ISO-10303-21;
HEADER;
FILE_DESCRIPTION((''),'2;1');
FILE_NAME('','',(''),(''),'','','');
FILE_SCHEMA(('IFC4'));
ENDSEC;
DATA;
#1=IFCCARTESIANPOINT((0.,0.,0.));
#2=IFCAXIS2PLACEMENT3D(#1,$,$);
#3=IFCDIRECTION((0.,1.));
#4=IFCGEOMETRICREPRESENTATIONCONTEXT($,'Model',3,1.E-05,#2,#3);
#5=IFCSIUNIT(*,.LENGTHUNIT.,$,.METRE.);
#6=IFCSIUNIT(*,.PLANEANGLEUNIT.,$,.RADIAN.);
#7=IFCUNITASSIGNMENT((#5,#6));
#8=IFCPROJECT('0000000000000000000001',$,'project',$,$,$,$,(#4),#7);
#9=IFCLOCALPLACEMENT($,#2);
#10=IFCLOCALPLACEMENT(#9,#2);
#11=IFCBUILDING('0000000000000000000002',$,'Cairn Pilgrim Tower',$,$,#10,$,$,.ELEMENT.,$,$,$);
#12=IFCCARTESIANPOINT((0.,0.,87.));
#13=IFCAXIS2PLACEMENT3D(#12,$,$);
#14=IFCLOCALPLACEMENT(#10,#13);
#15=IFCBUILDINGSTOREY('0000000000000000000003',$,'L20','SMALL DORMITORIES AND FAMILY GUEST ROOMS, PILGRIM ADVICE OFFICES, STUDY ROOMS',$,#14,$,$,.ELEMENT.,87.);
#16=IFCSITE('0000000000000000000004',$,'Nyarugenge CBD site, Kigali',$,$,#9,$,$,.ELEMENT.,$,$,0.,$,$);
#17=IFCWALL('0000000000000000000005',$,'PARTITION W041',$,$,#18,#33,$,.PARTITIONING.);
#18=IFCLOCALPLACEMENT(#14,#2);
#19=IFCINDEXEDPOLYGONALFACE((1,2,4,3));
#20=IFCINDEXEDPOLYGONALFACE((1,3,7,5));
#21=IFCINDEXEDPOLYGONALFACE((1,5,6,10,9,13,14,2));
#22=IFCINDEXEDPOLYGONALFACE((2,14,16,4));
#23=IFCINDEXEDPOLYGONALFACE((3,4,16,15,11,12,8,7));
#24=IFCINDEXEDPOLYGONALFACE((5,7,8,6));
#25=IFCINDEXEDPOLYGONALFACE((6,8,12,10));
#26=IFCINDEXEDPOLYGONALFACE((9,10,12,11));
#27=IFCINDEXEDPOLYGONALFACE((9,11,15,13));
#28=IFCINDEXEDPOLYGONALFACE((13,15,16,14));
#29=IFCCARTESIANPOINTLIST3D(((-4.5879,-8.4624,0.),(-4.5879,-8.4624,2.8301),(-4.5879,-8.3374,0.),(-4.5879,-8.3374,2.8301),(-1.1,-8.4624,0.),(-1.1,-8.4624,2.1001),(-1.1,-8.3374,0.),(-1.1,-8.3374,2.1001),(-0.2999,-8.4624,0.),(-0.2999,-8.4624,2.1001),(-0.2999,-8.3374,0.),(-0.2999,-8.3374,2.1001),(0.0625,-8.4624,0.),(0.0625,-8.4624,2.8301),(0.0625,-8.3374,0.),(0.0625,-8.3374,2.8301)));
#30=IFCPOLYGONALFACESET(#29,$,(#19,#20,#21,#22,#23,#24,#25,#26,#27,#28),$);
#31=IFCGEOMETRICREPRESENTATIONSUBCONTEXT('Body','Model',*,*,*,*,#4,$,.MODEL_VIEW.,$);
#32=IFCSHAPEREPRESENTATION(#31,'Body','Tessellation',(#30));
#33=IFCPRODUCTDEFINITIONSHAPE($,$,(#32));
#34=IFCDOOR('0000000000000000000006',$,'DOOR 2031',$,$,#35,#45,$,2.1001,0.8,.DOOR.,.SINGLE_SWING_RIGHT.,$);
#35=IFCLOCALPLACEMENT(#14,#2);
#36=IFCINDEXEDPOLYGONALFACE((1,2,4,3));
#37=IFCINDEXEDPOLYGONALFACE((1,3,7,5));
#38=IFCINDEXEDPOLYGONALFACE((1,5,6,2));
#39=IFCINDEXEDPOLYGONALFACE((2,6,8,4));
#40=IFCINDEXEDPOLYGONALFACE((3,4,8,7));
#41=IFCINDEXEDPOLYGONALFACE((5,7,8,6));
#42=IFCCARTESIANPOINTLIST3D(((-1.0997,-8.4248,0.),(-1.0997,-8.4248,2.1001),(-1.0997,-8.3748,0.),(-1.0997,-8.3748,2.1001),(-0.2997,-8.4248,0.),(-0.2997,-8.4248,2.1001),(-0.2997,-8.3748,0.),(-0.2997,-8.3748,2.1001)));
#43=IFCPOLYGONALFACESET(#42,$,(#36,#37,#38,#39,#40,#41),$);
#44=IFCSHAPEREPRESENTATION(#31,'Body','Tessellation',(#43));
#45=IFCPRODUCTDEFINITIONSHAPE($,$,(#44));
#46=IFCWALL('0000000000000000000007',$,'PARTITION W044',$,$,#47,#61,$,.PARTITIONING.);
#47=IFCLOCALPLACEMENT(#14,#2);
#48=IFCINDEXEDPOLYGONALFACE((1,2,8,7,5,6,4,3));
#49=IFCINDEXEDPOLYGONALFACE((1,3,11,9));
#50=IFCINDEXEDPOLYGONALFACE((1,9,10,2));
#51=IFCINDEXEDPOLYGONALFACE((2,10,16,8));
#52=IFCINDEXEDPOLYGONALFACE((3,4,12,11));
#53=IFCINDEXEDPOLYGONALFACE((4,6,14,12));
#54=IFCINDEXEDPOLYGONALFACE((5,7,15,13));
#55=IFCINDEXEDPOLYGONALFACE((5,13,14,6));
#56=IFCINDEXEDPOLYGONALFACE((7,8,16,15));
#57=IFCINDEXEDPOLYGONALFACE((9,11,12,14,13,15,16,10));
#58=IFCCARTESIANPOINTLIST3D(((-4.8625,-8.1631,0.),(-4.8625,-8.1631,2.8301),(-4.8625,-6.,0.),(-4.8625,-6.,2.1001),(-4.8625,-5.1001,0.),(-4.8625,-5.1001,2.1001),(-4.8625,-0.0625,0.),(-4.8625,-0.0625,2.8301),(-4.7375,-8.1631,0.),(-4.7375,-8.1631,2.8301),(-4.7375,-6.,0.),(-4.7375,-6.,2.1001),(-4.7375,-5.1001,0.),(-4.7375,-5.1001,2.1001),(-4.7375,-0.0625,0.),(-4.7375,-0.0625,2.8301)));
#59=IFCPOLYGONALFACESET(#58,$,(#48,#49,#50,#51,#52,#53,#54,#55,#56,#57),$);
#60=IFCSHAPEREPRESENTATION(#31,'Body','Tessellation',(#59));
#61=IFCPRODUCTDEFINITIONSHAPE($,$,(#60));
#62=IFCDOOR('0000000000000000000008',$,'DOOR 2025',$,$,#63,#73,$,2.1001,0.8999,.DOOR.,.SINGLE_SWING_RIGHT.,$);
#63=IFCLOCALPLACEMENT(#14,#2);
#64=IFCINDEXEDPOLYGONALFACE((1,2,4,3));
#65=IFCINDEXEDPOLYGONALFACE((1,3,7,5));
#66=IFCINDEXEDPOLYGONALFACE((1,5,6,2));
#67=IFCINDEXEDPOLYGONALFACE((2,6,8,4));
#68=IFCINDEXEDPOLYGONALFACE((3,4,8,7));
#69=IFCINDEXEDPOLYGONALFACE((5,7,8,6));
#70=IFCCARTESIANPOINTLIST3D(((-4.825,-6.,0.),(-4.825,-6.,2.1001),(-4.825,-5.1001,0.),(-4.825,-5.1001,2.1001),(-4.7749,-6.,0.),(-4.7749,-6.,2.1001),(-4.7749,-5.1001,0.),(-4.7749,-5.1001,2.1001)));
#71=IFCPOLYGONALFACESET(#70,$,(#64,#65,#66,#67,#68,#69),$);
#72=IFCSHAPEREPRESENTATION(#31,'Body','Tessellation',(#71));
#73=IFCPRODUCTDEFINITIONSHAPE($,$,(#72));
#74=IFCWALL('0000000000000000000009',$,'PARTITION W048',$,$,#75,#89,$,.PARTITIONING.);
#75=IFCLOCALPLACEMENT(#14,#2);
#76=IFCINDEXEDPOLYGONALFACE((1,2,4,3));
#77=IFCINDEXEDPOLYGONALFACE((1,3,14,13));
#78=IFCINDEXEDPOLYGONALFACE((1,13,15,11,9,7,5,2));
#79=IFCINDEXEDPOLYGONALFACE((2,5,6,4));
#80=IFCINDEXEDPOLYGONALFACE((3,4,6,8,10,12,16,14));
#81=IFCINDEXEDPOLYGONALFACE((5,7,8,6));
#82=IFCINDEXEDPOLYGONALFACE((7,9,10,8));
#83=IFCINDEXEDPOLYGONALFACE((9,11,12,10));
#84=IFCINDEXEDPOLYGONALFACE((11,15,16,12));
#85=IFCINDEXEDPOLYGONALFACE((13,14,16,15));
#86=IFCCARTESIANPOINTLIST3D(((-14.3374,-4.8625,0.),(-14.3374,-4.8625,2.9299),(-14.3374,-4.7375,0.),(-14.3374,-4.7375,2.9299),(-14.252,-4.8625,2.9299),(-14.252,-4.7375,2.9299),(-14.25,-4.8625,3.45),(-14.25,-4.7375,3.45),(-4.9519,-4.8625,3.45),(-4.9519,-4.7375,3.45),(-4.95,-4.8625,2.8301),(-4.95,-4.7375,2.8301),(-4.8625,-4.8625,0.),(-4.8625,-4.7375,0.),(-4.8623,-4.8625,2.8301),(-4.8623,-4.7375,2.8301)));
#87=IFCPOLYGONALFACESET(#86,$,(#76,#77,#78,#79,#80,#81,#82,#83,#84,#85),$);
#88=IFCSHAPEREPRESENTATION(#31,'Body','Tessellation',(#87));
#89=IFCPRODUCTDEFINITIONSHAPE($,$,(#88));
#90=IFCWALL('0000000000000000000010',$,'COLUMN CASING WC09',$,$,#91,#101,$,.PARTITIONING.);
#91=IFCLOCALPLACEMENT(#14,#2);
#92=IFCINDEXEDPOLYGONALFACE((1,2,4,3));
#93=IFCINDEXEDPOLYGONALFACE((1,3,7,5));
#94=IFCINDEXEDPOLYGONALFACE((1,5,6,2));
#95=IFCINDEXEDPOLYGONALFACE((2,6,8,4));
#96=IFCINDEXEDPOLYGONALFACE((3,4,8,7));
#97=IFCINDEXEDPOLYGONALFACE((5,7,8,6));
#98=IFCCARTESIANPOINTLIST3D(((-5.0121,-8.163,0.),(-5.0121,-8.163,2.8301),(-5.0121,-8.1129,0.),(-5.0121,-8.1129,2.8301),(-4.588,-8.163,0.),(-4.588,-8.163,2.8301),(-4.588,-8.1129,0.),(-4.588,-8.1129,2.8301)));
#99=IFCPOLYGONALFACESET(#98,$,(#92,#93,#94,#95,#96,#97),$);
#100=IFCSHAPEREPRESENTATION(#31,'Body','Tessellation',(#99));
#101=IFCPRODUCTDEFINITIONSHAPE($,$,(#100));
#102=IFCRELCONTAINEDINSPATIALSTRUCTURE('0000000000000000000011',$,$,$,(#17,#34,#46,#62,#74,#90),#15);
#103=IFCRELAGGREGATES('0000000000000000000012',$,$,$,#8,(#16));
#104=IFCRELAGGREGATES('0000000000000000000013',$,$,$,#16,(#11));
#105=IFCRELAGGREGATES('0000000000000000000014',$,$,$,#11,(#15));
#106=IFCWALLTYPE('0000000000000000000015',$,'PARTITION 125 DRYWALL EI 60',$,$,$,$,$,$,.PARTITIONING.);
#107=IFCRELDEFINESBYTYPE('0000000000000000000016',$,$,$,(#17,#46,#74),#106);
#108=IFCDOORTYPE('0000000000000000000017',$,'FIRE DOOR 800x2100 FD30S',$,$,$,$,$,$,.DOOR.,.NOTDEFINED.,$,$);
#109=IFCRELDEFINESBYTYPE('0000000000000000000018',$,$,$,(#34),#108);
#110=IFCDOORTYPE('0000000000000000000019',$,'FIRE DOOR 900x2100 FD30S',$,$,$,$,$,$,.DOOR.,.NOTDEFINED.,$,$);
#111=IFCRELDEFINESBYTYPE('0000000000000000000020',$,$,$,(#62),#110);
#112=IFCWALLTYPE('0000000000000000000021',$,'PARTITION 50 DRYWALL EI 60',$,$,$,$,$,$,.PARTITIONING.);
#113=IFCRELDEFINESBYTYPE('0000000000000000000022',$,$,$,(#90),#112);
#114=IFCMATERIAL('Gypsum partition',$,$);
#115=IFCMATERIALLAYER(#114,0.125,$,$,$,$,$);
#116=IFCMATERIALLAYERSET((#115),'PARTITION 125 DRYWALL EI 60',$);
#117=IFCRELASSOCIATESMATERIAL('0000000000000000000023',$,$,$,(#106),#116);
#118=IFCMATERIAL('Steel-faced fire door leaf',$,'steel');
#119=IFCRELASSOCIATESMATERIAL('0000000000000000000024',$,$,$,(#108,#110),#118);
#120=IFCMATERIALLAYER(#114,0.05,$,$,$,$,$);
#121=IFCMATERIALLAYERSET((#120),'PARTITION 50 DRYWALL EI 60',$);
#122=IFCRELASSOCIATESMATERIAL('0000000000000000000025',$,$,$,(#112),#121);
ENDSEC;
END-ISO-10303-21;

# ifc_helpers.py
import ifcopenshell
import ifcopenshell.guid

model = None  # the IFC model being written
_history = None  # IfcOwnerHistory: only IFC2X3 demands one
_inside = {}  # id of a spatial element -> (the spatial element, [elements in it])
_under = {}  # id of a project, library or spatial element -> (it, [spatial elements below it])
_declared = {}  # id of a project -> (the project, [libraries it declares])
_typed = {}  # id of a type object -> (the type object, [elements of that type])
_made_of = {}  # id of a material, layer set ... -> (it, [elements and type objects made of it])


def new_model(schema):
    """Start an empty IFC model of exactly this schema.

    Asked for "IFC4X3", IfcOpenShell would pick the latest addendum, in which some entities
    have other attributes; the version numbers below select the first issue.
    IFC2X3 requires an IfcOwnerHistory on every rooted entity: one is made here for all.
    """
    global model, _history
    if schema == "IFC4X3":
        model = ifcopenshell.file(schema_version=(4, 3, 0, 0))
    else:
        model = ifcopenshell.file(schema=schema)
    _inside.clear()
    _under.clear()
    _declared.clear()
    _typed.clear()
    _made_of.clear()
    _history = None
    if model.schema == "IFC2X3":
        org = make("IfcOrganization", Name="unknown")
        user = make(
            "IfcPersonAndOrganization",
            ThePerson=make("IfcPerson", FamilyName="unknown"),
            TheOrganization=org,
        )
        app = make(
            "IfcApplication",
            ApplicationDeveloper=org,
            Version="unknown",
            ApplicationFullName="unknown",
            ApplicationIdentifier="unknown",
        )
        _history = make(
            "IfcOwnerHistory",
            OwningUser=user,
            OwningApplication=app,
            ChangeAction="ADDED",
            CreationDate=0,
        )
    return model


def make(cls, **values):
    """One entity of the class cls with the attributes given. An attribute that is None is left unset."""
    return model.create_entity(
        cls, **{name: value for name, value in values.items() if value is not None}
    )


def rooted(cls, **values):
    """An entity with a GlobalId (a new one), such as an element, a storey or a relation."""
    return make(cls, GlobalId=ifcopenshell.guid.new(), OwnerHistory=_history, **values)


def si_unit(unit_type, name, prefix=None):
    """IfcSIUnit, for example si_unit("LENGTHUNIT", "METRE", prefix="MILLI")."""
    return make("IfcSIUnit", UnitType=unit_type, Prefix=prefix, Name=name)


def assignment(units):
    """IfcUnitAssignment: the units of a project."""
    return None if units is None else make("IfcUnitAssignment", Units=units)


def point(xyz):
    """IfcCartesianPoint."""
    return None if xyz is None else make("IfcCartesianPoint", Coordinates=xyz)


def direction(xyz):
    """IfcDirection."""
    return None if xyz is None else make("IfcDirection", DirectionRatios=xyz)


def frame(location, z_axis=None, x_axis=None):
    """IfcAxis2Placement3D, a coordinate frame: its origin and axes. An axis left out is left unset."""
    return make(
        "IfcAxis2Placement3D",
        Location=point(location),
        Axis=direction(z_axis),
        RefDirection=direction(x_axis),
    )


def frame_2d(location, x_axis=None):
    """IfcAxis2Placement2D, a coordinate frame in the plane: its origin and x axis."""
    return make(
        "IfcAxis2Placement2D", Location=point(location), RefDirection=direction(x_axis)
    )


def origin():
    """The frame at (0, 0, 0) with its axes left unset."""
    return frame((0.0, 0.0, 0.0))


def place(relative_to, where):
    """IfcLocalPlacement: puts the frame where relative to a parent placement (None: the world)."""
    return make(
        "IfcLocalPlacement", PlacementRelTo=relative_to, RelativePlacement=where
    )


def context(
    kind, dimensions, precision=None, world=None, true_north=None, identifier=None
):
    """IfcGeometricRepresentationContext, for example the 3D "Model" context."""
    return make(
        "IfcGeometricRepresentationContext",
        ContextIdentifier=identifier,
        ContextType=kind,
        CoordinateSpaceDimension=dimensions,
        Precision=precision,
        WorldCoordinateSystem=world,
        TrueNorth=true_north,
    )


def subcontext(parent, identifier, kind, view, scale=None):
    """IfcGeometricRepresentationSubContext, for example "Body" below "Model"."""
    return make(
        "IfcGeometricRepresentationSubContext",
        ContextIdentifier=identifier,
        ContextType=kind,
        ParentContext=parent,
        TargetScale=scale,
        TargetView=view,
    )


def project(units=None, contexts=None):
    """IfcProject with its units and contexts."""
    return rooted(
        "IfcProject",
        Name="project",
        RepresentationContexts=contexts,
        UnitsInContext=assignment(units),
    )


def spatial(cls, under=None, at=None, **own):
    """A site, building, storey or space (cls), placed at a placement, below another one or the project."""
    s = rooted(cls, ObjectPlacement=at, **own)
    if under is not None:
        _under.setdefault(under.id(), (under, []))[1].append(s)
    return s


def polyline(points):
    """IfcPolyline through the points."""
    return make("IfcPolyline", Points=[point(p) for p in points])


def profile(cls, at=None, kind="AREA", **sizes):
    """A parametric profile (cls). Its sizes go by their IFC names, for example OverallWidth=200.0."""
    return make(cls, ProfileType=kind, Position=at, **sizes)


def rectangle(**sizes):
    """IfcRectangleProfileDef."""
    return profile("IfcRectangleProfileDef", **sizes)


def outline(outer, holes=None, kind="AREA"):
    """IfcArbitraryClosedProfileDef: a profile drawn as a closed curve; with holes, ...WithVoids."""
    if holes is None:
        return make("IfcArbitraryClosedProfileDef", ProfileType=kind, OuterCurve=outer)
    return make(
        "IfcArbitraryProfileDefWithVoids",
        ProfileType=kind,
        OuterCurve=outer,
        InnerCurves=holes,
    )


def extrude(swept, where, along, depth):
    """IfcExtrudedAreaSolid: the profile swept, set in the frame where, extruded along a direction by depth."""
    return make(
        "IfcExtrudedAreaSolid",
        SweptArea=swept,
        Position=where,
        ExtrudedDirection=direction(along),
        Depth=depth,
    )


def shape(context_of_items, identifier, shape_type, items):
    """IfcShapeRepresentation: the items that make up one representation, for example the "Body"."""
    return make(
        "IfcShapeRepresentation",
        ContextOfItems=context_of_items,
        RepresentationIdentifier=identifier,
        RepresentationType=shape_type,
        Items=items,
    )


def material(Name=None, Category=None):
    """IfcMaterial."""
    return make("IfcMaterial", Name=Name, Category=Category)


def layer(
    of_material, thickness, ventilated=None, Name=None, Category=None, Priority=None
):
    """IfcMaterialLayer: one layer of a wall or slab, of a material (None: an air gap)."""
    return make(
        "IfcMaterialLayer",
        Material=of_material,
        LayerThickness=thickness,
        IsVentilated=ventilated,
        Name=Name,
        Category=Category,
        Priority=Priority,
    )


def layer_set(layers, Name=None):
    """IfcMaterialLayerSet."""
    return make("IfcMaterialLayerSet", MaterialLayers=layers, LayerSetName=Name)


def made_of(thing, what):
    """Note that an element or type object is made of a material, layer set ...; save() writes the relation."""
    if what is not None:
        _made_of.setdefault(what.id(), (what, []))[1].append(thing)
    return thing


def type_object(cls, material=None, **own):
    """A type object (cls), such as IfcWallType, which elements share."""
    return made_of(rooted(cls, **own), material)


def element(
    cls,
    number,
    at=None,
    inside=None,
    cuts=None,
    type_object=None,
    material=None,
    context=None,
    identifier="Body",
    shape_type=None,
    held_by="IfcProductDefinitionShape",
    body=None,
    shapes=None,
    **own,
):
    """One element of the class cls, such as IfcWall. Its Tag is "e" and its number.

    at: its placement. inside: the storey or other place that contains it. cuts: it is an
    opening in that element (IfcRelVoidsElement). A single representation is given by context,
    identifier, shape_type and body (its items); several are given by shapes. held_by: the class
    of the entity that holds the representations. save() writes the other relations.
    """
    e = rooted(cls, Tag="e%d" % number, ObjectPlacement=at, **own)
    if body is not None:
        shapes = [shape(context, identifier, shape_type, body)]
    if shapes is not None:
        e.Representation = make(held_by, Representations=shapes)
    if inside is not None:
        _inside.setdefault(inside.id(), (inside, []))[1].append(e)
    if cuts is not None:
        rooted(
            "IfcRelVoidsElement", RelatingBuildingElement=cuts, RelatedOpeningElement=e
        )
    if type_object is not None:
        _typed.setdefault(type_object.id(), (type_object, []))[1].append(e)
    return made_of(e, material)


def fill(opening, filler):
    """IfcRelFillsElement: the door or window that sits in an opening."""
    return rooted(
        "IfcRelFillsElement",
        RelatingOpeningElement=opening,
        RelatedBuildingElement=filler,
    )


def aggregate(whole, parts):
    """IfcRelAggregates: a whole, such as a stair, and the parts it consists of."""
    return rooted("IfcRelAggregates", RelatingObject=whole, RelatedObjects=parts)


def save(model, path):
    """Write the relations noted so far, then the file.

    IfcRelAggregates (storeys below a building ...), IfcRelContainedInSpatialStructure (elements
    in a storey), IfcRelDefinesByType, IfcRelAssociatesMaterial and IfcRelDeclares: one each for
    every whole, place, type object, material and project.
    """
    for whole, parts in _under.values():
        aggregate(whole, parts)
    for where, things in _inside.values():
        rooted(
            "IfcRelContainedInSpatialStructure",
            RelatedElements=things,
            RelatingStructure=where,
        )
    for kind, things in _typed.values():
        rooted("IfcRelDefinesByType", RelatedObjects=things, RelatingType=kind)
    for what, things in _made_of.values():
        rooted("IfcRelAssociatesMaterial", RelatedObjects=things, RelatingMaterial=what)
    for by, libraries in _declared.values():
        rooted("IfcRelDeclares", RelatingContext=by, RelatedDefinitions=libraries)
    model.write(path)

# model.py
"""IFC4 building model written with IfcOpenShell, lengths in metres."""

from ifc_helpers import new_model, si_unit, direction, frame, frame_2d, origin, place, context, subcontext, project, spatial, polyline, rectangle, outline, extrude, material, layer, layer_set, type_object, element, fill, save


model = new_model("IFC4")

# Units and contexts
model_context = context("Model", 3, precision=1e-05, world=origin(), true_north=direction((0.0, 1.0)))
body_context = subcontext(model_context, "Body", "Model", "MODEL_VIEW")
ifc_project = project(units=[si_unit("LENGTHUNIT", "METRE"), si_unit("PLANEANGLEUNIT", "RADIAN")], contexts=[model_context])

# Site, building, storey
site_placement = place(None, origin())
site = spatial("IfcSite", under=ifc_project, at=site_placement, Name="Nyarugenge CBD site, Kigali", CompositionType="ELEMENT", RefElevation=0.0)
building_placement = place(site_placement, origin())
building = spatial("IfcBuilding", under=site, at=building_placement, Name="Cairn Pilgrim Tower", CompositionType="ELEMENT")
storey_placement = place(building_placement, frame((0.0, 0.0, 87.0)))
storey = spatial("IfcBuildingStorey", under=building, at=storey_placement, Name="L20", Description="SMALL DORMITORIES AND FAMILY GUEST ROOMS, PILGRIM ADVICE OFFICES, STUDY ROOMS", CompositionType="ELEMENT", Elevation=87.0)

# Walls, openings, doors
ifc_material_1 = material(Name="Gypsum partition")
ifc_layer_1 = layer(ifc_material_1, 0.125)
ifc_layer_set_1 = layer_set([ifc_layer_1], Name="PARTITION 125 DRYWALL EI 60")
wall_type_1 = type_object("IfcWallType", Name="PARTITION 125 DRYWALL EI 60", PredefinedType="PARTITIONING", material=ifc_layer_set_1)
wall_1_placement = place(storey_placement, frame((-4.5879, -8.3999, 0.0), z_axis=(0.0, 0.0, 1.0), x_axis=(1.0, 0.0, 0.0)))
wall_1 = element("IfcWall", 1, at=wall_1_placement, inside=storey, type_object=wall_type_1, Name="PARTITION W041", PredefinedType="PARTITIONING", context=body_context, shape_type="SweptSolid", body=[
    extrude(rectangle(XDim=4.6504, YDim=0.125, at=frame_2d((2.3252, 0.0))), origin(), (0.0, 0.0, 1.0), 2.8301),
])
opening_1_placement = place(wall_1_placement, frame((3.488, 0.0, 0.0)))
opening_1 = element("IfcOpeningElement", 2, at=opening_1_placement, cuts=wall_1, PredefinedType="OPENING", context=body_context, shape_type="SweptSolid", body=[
    extrude(rectangle(XDim=0.8, YDim=2.1001, at=frame_2d((0.3999, 1.05))), frame((0.0, 0.0725, 0.0), z_axis=(0.0, -1.0, 0.0), x_axis=(1.0, 0.0, 0.0)), (0.0, 0.0, 1.0), 0.145),
])
ifc_material_2 = material(Name="Steel-faced fire door leaf", Category="steel")
door_type_1 = type_object("IfcDoorType", Name="FIRE DOOR 800x2100 FD30S", OperationType="NOTDEFINED", PredefinedType="DOOR", material=ifc_material_2)
door_1_placement = place(opening_1_placement, frame((0.8, 0.0, 0.0), z_axis=(0.0, 0.0, 1.0), x_axis=(-1.0, 0.0, 0.0)))
door_1 = element("IfcDoor", 3, at=door_1_placement, inside=storey, type_object=door_type_1, Name="DOOR 2031", OperationType="SINGLE_SWING_RIGHT", OverallHeight=2.1001, OverallWidth=0.8, PredefinedType="DOOR", context=body_context, shape_type="SweptSolid", body=[
    extrude(rectangle(XDim=0.8, YDim=2.1001, at=frame_2d((0.3999, 1.05))), frame((0.0, 0.0249, 0.0), z_axis=(0.0, -1.0, 0.0), x_axis=(1.0, 0.0, 0.0)), (0.0, 0.0, 1.0), 0.05),
])
fill(opening_1, door_1)
wall_2_placement = place(storey_placement, frame((-4.8, -8.1631, 0.0), z_axis=(0.0, 0.0, 1.0), x_axis=(0.0, 1.0, 0.0)))
wall_2 = element("IfcWall", 4, at=wall_2_placement, inside=storey, type_object=wall_type_1, Name="PARTITION W044", PredefinedType="PARTITIONING", context=body_context, shape_type="SweptSolid", body=[
    extrude(rectangle(XDim=8.1006, YDim=0.125, at=frame_2d((4.0503, 0.0))), origin(), (0.0, 0.0, 1.0), 2.8301),
])
opening_2_placement = place(wall_2_placement, frame((2.1631, 0.0, 0.0)))
opening_2 = element("IfcOpeningElement", 5, at=opening_2_placement, cuts=wall_2, PredefinedType="OPENING", context=body_context, shape_type="SweptSolid", body=[
    extrude(rectangle(XDim=0.8999, YDim=2.1001, at=frame_2d((0.45, 1.05))), frame((0.0, 0.0725, 0.0), z_axis=(0.0, -1.0, 0.0), x_axis=(1.0, 0.0, 0.0)), (0.0, 0.0, 1.0), 0.145),
])
door_type_2 = type_object("IfcDoorType", Name="FIRE DOOR 900x2100 FD30S", OperationType="NOTDEFINED", PredefinedType="DOOR", material=ifc_material_2)
door_2_placement = place(opening_2_placement, origin())
door_2 = element("IfcDoor", 6, at=door_2_placement, inside=storey, type_object=door_type_2, Name="DOOR 2025", OperationType="SINGLE_SWING_RIGHT", OverallHeight=2.1001, OverallWidth=0.8999, PredefinedType="DOOR", context=body_context, shape_type="SweptSolid", body=[
    extrude(rectangle(XDim=0.8999, YDim=2.1001, at=frame_2d((0.45, 1.05))), frame((0.0, 0.0249, 0.0), z_axis=(0.0, -1.0, 0.0), x_axis=(1.0, 0.0, 0.0)), (0.0, 0.0, 1.0), 0.05),
])
fill(opening_2, door_2)

# Walls
wall_3_placement = place(storey_placement, frame((-14.3374, -4.8, 0.0), z_axis=(0.0, 0.0, 1.0), x_axis=(1.0, 0.0, 0.0)))
element("IfcWall", 7, at=wall_3_placement, inside=storey, type_object=wall_type_1, Name="PARTITION W048", PredefinedType="PARTITIONING", context=body_context, shape_type="SweptSolid", body=[
    extrude(outline(polyline([(0.0, 0.0), (9.4749, 0.0), (9.4751, 2.8301), (9.3875, 2.8301), (9.3855, 3.45), (0.0874, 3.45), (0.0854, 2.9299), (0.0, 2.9299), (0.0, 0.0)])), frame((0.0, 0.0625, 0.0), z_axis=(0.0, -1.0, 0.0), x_axis=(1.0, 0.0, 0.0)), (0.0, 0.0, 1.0), 0.125),
])
ifc_layer_2 = layer(ifc_material_1, 0.05)
ifc_layer_set_2 = layer_set([ifc_layer_2], Name="PARTITION 50 DRYWALL EI 60")
wall_type_2 = type_object("IfcWallType", Name="PARTITION 50 DRYWALL EI 60", PredefinedType="PARTITIONING", material=ifc_layer_set_2)
wall_4_placement = place(storey_placement, frame((-5.012, -8.1379, 0.0), z_axis=(0.0, 0.0, 1.0), x_axis=(1.0, 0.0, 0.0)))
element("IfcWall", 8, at=wall_4_placement, inside=storey, type_object=wall_type_2, Name="COLUMN CASING WC09", PredefinedType="PARTITIONING", context=body_context, shape_type="SweptSolid", body=[
    extrude(rectangle(XDim=0.4241, YDim=0.05, at=frame_2d((0.2119, 0.0))), origin(), (0.0, 0.0, 1.0), 2.8301),
])

save(model, "model.ifc")
